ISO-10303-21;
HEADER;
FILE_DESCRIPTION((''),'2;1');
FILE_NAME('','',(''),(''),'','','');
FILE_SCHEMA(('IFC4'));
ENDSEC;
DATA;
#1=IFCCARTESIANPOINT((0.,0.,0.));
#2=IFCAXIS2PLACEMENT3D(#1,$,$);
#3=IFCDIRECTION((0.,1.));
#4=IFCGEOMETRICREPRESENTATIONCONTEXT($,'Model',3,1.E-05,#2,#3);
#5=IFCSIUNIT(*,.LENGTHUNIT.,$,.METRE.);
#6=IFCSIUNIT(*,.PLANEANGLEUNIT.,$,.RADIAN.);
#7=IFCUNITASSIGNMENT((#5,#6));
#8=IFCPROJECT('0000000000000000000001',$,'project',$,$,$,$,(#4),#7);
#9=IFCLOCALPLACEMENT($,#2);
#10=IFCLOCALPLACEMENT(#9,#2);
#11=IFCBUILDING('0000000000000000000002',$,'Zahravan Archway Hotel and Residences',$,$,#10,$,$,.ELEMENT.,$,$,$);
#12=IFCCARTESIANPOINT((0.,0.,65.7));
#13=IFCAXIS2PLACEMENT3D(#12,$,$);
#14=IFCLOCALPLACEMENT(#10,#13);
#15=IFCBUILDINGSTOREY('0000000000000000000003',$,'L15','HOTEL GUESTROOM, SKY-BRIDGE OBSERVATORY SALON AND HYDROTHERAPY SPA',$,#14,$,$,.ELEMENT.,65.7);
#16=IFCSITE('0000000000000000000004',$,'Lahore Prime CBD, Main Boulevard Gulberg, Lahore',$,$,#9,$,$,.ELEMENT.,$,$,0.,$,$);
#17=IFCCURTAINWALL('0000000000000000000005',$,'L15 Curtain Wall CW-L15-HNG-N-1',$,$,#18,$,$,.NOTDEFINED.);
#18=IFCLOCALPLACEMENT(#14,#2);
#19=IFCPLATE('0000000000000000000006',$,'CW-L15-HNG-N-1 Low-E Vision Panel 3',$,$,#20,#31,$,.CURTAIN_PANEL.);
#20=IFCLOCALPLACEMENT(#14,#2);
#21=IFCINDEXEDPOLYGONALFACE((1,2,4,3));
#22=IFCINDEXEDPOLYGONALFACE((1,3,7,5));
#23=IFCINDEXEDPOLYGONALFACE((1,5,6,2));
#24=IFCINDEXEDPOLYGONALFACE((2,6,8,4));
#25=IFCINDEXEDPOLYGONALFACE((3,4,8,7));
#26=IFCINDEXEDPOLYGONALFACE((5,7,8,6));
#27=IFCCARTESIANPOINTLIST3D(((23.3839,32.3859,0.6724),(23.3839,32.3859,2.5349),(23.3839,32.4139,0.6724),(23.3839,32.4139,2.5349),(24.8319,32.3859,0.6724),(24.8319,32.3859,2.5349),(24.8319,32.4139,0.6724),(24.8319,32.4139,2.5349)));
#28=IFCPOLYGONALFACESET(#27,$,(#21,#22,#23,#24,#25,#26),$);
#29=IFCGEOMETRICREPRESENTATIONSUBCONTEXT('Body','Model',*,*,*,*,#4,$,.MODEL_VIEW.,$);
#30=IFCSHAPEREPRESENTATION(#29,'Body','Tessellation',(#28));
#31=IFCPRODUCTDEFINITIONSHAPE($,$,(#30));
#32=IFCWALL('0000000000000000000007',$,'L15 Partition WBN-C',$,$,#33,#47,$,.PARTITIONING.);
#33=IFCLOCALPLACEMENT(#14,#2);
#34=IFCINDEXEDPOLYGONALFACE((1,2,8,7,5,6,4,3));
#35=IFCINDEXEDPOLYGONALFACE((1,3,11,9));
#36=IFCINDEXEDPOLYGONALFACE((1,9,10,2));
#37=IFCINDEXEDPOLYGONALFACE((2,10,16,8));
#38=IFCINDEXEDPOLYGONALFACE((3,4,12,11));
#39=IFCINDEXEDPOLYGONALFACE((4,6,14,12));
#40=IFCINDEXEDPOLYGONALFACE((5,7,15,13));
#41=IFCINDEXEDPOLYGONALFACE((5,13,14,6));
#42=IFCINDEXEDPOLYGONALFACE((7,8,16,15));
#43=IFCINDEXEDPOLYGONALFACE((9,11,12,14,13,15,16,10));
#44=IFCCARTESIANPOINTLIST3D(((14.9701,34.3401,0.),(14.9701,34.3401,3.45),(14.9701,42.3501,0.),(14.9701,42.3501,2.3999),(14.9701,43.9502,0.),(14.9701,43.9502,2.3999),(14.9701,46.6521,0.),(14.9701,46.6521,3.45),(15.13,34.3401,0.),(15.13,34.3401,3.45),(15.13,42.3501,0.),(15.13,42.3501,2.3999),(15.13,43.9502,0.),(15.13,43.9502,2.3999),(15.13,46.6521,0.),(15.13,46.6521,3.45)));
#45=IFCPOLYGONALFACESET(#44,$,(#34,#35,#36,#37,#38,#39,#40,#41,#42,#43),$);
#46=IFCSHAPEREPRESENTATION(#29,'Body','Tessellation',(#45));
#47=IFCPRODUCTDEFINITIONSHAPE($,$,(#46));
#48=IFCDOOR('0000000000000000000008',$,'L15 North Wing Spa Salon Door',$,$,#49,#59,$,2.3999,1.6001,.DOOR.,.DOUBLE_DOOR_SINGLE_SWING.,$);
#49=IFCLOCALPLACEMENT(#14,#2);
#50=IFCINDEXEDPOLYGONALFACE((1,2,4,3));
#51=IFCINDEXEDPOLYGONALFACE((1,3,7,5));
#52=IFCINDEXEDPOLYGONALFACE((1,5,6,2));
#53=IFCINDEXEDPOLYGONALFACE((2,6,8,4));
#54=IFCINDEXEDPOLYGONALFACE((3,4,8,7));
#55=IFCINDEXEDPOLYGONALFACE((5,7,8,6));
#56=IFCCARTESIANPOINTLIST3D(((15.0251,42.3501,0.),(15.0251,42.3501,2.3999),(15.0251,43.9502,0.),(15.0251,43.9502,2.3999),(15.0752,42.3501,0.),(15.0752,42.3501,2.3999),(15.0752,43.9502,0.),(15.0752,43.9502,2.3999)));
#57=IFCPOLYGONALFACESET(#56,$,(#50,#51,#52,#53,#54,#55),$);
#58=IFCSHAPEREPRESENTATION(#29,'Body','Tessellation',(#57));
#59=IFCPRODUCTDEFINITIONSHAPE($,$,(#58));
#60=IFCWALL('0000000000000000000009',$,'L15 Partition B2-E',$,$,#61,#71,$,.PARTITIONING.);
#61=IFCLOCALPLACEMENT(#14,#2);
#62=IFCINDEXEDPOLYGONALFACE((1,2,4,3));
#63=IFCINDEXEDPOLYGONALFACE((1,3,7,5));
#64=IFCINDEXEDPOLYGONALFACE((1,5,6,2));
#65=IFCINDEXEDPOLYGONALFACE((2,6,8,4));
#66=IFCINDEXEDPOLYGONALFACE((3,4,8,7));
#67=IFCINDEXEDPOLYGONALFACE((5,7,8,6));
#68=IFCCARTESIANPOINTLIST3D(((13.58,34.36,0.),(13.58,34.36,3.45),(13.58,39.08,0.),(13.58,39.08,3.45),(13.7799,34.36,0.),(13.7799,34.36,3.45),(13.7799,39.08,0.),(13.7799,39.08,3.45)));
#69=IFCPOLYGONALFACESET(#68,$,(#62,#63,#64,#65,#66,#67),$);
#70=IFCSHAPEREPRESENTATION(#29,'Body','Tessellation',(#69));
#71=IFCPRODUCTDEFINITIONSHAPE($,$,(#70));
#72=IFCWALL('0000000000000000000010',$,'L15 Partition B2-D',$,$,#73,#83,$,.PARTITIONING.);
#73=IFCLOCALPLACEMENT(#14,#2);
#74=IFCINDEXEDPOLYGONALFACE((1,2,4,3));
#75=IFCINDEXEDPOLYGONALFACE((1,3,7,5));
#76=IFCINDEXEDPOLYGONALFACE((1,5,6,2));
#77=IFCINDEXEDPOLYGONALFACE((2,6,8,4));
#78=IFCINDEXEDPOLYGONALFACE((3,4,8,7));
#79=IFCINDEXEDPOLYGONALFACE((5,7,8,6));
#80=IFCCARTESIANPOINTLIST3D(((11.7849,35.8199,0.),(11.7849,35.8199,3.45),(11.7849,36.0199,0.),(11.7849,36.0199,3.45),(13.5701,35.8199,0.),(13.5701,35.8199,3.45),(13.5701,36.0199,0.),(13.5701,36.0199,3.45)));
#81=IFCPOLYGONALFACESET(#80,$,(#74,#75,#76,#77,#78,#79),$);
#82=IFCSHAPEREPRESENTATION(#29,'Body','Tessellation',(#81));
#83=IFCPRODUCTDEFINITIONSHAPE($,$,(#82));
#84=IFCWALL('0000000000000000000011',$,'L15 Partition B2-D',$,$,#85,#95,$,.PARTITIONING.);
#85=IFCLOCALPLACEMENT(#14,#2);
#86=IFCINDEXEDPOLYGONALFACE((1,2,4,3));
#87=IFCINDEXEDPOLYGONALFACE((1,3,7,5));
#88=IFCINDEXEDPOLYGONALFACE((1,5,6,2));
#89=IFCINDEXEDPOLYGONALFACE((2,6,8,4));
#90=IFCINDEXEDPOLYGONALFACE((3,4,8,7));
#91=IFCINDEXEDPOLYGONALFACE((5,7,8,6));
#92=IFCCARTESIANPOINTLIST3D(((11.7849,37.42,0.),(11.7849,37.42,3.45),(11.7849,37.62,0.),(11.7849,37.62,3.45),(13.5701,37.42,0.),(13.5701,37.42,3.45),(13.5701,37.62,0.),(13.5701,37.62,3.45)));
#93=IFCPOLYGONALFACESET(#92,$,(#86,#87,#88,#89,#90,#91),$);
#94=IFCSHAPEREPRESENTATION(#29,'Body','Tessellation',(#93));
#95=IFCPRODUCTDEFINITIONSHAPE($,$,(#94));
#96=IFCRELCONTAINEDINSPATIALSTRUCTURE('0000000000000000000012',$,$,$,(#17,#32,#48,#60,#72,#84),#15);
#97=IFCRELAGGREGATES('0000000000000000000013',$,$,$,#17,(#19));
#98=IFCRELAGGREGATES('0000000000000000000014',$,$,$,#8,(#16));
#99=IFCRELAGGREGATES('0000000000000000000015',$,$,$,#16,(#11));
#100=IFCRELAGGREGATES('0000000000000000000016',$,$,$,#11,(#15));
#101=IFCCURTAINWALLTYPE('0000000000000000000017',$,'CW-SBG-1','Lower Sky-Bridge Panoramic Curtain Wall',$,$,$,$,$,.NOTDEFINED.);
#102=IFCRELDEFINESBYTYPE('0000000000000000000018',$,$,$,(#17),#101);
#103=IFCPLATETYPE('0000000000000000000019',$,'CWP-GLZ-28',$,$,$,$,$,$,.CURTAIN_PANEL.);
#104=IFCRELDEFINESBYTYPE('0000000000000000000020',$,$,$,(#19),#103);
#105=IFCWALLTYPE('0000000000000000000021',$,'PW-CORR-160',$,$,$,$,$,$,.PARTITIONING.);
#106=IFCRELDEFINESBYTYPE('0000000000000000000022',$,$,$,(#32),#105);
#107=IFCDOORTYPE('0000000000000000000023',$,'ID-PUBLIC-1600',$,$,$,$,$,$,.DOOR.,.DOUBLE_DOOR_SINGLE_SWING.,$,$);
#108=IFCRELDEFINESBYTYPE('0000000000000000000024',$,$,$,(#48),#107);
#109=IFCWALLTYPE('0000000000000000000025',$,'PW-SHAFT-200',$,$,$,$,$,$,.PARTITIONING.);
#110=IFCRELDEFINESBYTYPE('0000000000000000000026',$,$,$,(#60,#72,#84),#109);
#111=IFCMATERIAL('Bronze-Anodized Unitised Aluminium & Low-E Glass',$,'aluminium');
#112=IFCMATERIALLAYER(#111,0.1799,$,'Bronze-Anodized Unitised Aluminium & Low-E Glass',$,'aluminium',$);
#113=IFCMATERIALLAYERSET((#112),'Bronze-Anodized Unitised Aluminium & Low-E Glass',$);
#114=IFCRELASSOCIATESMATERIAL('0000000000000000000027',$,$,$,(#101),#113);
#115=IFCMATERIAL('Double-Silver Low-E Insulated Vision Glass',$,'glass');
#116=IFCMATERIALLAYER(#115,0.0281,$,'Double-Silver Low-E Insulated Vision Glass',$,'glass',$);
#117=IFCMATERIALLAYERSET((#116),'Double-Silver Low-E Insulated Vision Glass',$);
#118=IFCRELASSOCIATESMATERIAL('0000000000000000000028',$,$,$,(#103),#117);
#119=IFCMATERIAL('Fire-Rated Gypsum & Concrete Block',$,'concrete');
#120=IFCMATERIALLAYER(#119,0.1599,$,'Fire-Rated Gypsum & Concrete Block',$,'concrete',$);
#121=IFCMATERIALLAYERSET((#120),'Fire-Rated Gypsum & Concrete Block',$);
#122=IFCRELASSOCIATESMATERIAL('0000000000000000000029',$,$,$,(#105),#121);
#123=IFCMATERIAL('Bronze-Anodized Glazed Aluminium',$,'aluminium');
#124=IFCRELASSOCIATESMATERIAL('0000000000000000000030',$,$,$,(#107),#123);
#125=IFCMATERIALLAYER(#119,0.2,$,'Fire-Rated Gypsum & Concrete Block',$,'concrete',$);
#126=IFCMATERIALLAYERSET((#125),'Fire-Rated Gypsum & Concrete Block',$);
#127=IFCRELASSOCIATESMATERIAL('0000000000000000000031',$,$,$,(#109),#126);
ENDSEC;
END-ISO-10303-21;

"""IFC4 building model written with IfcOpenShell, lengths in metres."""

from ifc_helpers import new_model, si_unit, direction, frame, frame_2d, origin, origin_2d, place, context, subcontext, project, spatial, rectangle, extrude, source, transform, mapped, material, layer, layer_set, type_object, type_shapes, element, fill, aggregate, save


model = new_model("IFC4")

# Units and contexts
model_context = context("Model", 3, precision=1e-05, world=origin(), true_north=direction((0.0, 1.0)))
body_context = subcontext(model_context, "Body", "Model", "MODEL_VIEW")
ifc_project = project(units=[si_unit("LENGTHUNIT", "METRE"), si_unit("PLANEANGLEUNIT", "RADIAN")], contexts=[model_context])

# Site, building, storey
site_placement = place(None, origin())
site = spatial("IfcSite", under=ifc_project, at=site_placement, Name="Lahore Prime CBD, Main Boulevard Gulberg, Lahore", CompositionType="ELEMENT", RefElevation=0.0)
building_placement = place(site_placement, origin())
building = spatial("IfcBuilding", under=site, at=building_placement, Name="Zahravan Archway Hotel and Residences", CompositionType="ELEMENT")
storey_placement = place(building_placement, frame((0.0, 0.0, 65.7)))
storey = spatial("IfcBuildingStorey", under=building, at=storey_placement, Name="L15", Description="HOTEL GUESTROOM, SKY-BRIDGE OBSERVATORY SALON AND HYDROTHERAPY SPA", CompositionType="ELEMENT", Elevation=65.7)

# Curtain wall, plate
ifc_material_1 = material(Name="Bronze-Anodized Unitised Aluminium & Low-E Glass", Category="aluminium")
ifc_layer_1 = layer(ifc_material_1, 0.1799, Name="Bronze-Anodized Unitised Aluminium & Low-E Glass", Category="aluminium")
ifc_layer_set_1 = layer_set([ifc_layer_1], Name="Bronze-Anodized Unitised Aluminium & Low-E Glass")
curtain_wall_type = type_object("IfcCurtainWallType", Name="CW-SBG-1", Description="Lower Sky-Bridge Panoramic Curtain Wall", PredefinedType="NOTDEFINED", material=ifc_layer_set_1)
curtain_wall_placement = place(storey_placement, origin())
curtain_wall = element("IfcCurtainWall", 1, at=curtain_wall_placement, inside=storey, type_object=curtain_wall_type, Name="L15 Curtain Wall CW-L15-HNG-N-1", PredefinedType="NOTDEFINED")
ifc_material_2 = material(Name="Double-Silver Low-E Insulated Vision Glass", Category="glass")
ifc_layer_2 = layer(ifc_material_2, 0.0281, Name="Double-Silver Low-E Insulated Vision Glass", Category="glass")
ifc_layer_set_2 = layer_set([ifc_layer_2], Name="Double-Silver Low-E Insulated Vision Glass")
plate_type_1 = type_object("IfcPlateType", Name="CWP-GLZ-28", PredefinedType="CURTAIN_PANEL", material=ifc_layer_set_2)
shared_shape_1 = source(origin(), body_context, "Body", "SweptSolid", [
    extrude(rectangle(XDim=1.448, YDim=0.0281, at=origin_2d()), origin(), (0.0, 0.0, 1.0), 1.8625),
])
plate_1_placement = place(storey_placement, frame((24.1079, 32.3999, 0.6724), z_axis=(0.0, 0.0, 1.0), x_axis=(1.0, 0.0, 0.0)))
plate_1 = element("IfcPlate", 2, at=plate_1_placement, type_object=plate_type_1, Name="CW-L15-HNG-N-1 Low-E Vision Panel 3", PredefinedType="CURTAIN_PANEL", context=body_context, shape_type="MappedRepresentation", body=[
    mapped(shared_shape_1, transform((0.0, 0.0, 0.0), scale=1.0)),
])
aggregate(curtain_wall, [plate_1])

# Wall, opening, door
ifc_material_3 = material(Name="Fire-Rated Gypsum & Concrete Block", Category="concrete")
ifc_layer_3 = layer(ifc_material_3, 0.1599, Name="Fire-Rated Gypsum & Concrete Block", Category="concrete")
ifc_layer_set_3 = layer_set([ifc_layer_3], Name="Fire-Rated Gypsum & Concrete Block")
wall_type_1 = type_object("IfcWallType", Name="PW-CORR-160", PredefinedType="PARTITIONING", material=ifc_layer_set_3)
wall_1_placement = place(storey_placement, frame((15.05, 34.3401, 0.0), z_axis=(0.0, 0.0, 1.0), x_axis=(0.0, 1.0, 0.0)))
wall_1 = element("IfcWall", 3, at=wall_1_placement, inside=storey, type_object=wall_type_1, Name="L15 Partition WBN-C", PredefinedType="PARTITIONING", context=body_context, shape_type="SweptSolid", body=[
    extrude(rectangle(XDim=12.312, YDim=0.1599, at=frame_2d((6.156, 0.0))), origin(), (0.0, 0.0, 1.0), 3.45),
])
opening_placement = place(wall_1_placement, frame((8.01, 0.0, 0.0)))
opening = element("IfcOpeningElement", 4, at=opening_placement, cuts=wall_1, PredefinedType="OPENING", context=body_context, shape_type="SweptSolid", body=[
    extrude(rectangle(XDim=1.6001, YDim=2.3999, at=frame_2d((0.8, 1.2))), frame((0.0, 0.0898, 0.0), z_axis=(0.0, -1.0, 0.0), x_axis=(1.0, 0.0, 0.0)), (0.0, 0.0, 1.0), 0.1799),
])
ifc_material_4 = material(Name="Bronze-Anodized Glazed Aluminium", Category="aluminium")
door_type = type_object("IfcDoorType", Name="ID-PUBLIC-1600", OperationType="DOUBLE_DOOR_SINGLE_SWING", PredefinedType="DOOR", material=ifc_material_4)
shared_shape_2 = source(origin(), body_context, "Body", "SweptSolid", [
    extrude(rectangle(XDim=1.6001, YDim=2.3999, at=frame_2d((0.8, 1.2))), frame((0.0, 0.0249, 0.0), z_axis=(0.0, -1.0, 0.0), x_axis=(1.0, 0.0, 0.0)), (0.0, 0.0, 1.0), 0.05),
])
type_shapes(door_type, [shared_shape_2])
door_placement = place(opening_placement, origin())
door = element("IfcDoor", 5, at=door_placement, inside=storey, type_object=door_type, Name="L15 North Wing Spa Salon Door", OperationType="DOUBLE_DOOR_SINGLE_SWING", OverallHeight=2.3999, OverallWidth=1.6001, PredefinedType="DOOR", context=body_context, shape_type="MappedRepresentation", body=[
    mapped(shared_shape_2, transform((0.0, 0.0, 0.0), scale=1.0)),
])
fill(opening, door)

# Walls
ifc_layer_4 = layer(ifc_material_3, 0.2, Name="Fire-Rated Gypsum & Concrete Block", Category="concrete")
ifc_layer_set_4 = layer_set([ifc_layer_4], Name="Fire-Rated Gypsum & Concrete Block")
wall_type_2 = type_object("IfcWallType", Name="PW-SHAFT-200", PredefinedType="PARTITIONING", material=ifc_layer_set_4)
wall_2_placement = place(storey_placement, frame((13.6799, 34.3601, 0.0), z_axis=(0.0, 0.0, 1.0), x_axis=(0.0, 1.0, 0.0)))
element("IfcWall", 6, at=wall_2_placement, inside=storey, type_object=wall_type_2, Name="L15 Partition B2-E", PredefinedType="PARTITIONING", context=body_context, shape_type="SweptSolid", body=[
    extrude(rectangle(XDim=4.72, YDim=0.2, at=frame_2d((2.3599, 0.0))), origin(), (0.0, 0.0, 1.0), 3.45),
])
for number, where, z_axis, x_axis, name in (
    (7, (11.7849, 35.9199, 0.0), (0.0, 0.0, 1.0), (1.0, 0.0, 0.0), "L15 Partition B2-D"),
    (8, (11.7849, 37.52, 0.0), (0.0, 0.0, 1.0), (1.0, 0.0, 0.0), "L15 Partition B2-D"),
):
    element("IfcWall", number, at=place(storey_placement, frame(where, z_axis=z_axis, x_axis=x_axis)), inside=storey, type_object=wall_type_2, Name=name, PredefinedType="PARTITIONING", context=body_context, shape_type="SweptSolid", body=[
        extrude(rectangle(XDim=1.7852, YDim=0.2, at=frame_2d((0.8926, 0.0))), origin(), (0.0, 0.0, 1.0), 3.45),
    ])

save(model, "model.ifc")
